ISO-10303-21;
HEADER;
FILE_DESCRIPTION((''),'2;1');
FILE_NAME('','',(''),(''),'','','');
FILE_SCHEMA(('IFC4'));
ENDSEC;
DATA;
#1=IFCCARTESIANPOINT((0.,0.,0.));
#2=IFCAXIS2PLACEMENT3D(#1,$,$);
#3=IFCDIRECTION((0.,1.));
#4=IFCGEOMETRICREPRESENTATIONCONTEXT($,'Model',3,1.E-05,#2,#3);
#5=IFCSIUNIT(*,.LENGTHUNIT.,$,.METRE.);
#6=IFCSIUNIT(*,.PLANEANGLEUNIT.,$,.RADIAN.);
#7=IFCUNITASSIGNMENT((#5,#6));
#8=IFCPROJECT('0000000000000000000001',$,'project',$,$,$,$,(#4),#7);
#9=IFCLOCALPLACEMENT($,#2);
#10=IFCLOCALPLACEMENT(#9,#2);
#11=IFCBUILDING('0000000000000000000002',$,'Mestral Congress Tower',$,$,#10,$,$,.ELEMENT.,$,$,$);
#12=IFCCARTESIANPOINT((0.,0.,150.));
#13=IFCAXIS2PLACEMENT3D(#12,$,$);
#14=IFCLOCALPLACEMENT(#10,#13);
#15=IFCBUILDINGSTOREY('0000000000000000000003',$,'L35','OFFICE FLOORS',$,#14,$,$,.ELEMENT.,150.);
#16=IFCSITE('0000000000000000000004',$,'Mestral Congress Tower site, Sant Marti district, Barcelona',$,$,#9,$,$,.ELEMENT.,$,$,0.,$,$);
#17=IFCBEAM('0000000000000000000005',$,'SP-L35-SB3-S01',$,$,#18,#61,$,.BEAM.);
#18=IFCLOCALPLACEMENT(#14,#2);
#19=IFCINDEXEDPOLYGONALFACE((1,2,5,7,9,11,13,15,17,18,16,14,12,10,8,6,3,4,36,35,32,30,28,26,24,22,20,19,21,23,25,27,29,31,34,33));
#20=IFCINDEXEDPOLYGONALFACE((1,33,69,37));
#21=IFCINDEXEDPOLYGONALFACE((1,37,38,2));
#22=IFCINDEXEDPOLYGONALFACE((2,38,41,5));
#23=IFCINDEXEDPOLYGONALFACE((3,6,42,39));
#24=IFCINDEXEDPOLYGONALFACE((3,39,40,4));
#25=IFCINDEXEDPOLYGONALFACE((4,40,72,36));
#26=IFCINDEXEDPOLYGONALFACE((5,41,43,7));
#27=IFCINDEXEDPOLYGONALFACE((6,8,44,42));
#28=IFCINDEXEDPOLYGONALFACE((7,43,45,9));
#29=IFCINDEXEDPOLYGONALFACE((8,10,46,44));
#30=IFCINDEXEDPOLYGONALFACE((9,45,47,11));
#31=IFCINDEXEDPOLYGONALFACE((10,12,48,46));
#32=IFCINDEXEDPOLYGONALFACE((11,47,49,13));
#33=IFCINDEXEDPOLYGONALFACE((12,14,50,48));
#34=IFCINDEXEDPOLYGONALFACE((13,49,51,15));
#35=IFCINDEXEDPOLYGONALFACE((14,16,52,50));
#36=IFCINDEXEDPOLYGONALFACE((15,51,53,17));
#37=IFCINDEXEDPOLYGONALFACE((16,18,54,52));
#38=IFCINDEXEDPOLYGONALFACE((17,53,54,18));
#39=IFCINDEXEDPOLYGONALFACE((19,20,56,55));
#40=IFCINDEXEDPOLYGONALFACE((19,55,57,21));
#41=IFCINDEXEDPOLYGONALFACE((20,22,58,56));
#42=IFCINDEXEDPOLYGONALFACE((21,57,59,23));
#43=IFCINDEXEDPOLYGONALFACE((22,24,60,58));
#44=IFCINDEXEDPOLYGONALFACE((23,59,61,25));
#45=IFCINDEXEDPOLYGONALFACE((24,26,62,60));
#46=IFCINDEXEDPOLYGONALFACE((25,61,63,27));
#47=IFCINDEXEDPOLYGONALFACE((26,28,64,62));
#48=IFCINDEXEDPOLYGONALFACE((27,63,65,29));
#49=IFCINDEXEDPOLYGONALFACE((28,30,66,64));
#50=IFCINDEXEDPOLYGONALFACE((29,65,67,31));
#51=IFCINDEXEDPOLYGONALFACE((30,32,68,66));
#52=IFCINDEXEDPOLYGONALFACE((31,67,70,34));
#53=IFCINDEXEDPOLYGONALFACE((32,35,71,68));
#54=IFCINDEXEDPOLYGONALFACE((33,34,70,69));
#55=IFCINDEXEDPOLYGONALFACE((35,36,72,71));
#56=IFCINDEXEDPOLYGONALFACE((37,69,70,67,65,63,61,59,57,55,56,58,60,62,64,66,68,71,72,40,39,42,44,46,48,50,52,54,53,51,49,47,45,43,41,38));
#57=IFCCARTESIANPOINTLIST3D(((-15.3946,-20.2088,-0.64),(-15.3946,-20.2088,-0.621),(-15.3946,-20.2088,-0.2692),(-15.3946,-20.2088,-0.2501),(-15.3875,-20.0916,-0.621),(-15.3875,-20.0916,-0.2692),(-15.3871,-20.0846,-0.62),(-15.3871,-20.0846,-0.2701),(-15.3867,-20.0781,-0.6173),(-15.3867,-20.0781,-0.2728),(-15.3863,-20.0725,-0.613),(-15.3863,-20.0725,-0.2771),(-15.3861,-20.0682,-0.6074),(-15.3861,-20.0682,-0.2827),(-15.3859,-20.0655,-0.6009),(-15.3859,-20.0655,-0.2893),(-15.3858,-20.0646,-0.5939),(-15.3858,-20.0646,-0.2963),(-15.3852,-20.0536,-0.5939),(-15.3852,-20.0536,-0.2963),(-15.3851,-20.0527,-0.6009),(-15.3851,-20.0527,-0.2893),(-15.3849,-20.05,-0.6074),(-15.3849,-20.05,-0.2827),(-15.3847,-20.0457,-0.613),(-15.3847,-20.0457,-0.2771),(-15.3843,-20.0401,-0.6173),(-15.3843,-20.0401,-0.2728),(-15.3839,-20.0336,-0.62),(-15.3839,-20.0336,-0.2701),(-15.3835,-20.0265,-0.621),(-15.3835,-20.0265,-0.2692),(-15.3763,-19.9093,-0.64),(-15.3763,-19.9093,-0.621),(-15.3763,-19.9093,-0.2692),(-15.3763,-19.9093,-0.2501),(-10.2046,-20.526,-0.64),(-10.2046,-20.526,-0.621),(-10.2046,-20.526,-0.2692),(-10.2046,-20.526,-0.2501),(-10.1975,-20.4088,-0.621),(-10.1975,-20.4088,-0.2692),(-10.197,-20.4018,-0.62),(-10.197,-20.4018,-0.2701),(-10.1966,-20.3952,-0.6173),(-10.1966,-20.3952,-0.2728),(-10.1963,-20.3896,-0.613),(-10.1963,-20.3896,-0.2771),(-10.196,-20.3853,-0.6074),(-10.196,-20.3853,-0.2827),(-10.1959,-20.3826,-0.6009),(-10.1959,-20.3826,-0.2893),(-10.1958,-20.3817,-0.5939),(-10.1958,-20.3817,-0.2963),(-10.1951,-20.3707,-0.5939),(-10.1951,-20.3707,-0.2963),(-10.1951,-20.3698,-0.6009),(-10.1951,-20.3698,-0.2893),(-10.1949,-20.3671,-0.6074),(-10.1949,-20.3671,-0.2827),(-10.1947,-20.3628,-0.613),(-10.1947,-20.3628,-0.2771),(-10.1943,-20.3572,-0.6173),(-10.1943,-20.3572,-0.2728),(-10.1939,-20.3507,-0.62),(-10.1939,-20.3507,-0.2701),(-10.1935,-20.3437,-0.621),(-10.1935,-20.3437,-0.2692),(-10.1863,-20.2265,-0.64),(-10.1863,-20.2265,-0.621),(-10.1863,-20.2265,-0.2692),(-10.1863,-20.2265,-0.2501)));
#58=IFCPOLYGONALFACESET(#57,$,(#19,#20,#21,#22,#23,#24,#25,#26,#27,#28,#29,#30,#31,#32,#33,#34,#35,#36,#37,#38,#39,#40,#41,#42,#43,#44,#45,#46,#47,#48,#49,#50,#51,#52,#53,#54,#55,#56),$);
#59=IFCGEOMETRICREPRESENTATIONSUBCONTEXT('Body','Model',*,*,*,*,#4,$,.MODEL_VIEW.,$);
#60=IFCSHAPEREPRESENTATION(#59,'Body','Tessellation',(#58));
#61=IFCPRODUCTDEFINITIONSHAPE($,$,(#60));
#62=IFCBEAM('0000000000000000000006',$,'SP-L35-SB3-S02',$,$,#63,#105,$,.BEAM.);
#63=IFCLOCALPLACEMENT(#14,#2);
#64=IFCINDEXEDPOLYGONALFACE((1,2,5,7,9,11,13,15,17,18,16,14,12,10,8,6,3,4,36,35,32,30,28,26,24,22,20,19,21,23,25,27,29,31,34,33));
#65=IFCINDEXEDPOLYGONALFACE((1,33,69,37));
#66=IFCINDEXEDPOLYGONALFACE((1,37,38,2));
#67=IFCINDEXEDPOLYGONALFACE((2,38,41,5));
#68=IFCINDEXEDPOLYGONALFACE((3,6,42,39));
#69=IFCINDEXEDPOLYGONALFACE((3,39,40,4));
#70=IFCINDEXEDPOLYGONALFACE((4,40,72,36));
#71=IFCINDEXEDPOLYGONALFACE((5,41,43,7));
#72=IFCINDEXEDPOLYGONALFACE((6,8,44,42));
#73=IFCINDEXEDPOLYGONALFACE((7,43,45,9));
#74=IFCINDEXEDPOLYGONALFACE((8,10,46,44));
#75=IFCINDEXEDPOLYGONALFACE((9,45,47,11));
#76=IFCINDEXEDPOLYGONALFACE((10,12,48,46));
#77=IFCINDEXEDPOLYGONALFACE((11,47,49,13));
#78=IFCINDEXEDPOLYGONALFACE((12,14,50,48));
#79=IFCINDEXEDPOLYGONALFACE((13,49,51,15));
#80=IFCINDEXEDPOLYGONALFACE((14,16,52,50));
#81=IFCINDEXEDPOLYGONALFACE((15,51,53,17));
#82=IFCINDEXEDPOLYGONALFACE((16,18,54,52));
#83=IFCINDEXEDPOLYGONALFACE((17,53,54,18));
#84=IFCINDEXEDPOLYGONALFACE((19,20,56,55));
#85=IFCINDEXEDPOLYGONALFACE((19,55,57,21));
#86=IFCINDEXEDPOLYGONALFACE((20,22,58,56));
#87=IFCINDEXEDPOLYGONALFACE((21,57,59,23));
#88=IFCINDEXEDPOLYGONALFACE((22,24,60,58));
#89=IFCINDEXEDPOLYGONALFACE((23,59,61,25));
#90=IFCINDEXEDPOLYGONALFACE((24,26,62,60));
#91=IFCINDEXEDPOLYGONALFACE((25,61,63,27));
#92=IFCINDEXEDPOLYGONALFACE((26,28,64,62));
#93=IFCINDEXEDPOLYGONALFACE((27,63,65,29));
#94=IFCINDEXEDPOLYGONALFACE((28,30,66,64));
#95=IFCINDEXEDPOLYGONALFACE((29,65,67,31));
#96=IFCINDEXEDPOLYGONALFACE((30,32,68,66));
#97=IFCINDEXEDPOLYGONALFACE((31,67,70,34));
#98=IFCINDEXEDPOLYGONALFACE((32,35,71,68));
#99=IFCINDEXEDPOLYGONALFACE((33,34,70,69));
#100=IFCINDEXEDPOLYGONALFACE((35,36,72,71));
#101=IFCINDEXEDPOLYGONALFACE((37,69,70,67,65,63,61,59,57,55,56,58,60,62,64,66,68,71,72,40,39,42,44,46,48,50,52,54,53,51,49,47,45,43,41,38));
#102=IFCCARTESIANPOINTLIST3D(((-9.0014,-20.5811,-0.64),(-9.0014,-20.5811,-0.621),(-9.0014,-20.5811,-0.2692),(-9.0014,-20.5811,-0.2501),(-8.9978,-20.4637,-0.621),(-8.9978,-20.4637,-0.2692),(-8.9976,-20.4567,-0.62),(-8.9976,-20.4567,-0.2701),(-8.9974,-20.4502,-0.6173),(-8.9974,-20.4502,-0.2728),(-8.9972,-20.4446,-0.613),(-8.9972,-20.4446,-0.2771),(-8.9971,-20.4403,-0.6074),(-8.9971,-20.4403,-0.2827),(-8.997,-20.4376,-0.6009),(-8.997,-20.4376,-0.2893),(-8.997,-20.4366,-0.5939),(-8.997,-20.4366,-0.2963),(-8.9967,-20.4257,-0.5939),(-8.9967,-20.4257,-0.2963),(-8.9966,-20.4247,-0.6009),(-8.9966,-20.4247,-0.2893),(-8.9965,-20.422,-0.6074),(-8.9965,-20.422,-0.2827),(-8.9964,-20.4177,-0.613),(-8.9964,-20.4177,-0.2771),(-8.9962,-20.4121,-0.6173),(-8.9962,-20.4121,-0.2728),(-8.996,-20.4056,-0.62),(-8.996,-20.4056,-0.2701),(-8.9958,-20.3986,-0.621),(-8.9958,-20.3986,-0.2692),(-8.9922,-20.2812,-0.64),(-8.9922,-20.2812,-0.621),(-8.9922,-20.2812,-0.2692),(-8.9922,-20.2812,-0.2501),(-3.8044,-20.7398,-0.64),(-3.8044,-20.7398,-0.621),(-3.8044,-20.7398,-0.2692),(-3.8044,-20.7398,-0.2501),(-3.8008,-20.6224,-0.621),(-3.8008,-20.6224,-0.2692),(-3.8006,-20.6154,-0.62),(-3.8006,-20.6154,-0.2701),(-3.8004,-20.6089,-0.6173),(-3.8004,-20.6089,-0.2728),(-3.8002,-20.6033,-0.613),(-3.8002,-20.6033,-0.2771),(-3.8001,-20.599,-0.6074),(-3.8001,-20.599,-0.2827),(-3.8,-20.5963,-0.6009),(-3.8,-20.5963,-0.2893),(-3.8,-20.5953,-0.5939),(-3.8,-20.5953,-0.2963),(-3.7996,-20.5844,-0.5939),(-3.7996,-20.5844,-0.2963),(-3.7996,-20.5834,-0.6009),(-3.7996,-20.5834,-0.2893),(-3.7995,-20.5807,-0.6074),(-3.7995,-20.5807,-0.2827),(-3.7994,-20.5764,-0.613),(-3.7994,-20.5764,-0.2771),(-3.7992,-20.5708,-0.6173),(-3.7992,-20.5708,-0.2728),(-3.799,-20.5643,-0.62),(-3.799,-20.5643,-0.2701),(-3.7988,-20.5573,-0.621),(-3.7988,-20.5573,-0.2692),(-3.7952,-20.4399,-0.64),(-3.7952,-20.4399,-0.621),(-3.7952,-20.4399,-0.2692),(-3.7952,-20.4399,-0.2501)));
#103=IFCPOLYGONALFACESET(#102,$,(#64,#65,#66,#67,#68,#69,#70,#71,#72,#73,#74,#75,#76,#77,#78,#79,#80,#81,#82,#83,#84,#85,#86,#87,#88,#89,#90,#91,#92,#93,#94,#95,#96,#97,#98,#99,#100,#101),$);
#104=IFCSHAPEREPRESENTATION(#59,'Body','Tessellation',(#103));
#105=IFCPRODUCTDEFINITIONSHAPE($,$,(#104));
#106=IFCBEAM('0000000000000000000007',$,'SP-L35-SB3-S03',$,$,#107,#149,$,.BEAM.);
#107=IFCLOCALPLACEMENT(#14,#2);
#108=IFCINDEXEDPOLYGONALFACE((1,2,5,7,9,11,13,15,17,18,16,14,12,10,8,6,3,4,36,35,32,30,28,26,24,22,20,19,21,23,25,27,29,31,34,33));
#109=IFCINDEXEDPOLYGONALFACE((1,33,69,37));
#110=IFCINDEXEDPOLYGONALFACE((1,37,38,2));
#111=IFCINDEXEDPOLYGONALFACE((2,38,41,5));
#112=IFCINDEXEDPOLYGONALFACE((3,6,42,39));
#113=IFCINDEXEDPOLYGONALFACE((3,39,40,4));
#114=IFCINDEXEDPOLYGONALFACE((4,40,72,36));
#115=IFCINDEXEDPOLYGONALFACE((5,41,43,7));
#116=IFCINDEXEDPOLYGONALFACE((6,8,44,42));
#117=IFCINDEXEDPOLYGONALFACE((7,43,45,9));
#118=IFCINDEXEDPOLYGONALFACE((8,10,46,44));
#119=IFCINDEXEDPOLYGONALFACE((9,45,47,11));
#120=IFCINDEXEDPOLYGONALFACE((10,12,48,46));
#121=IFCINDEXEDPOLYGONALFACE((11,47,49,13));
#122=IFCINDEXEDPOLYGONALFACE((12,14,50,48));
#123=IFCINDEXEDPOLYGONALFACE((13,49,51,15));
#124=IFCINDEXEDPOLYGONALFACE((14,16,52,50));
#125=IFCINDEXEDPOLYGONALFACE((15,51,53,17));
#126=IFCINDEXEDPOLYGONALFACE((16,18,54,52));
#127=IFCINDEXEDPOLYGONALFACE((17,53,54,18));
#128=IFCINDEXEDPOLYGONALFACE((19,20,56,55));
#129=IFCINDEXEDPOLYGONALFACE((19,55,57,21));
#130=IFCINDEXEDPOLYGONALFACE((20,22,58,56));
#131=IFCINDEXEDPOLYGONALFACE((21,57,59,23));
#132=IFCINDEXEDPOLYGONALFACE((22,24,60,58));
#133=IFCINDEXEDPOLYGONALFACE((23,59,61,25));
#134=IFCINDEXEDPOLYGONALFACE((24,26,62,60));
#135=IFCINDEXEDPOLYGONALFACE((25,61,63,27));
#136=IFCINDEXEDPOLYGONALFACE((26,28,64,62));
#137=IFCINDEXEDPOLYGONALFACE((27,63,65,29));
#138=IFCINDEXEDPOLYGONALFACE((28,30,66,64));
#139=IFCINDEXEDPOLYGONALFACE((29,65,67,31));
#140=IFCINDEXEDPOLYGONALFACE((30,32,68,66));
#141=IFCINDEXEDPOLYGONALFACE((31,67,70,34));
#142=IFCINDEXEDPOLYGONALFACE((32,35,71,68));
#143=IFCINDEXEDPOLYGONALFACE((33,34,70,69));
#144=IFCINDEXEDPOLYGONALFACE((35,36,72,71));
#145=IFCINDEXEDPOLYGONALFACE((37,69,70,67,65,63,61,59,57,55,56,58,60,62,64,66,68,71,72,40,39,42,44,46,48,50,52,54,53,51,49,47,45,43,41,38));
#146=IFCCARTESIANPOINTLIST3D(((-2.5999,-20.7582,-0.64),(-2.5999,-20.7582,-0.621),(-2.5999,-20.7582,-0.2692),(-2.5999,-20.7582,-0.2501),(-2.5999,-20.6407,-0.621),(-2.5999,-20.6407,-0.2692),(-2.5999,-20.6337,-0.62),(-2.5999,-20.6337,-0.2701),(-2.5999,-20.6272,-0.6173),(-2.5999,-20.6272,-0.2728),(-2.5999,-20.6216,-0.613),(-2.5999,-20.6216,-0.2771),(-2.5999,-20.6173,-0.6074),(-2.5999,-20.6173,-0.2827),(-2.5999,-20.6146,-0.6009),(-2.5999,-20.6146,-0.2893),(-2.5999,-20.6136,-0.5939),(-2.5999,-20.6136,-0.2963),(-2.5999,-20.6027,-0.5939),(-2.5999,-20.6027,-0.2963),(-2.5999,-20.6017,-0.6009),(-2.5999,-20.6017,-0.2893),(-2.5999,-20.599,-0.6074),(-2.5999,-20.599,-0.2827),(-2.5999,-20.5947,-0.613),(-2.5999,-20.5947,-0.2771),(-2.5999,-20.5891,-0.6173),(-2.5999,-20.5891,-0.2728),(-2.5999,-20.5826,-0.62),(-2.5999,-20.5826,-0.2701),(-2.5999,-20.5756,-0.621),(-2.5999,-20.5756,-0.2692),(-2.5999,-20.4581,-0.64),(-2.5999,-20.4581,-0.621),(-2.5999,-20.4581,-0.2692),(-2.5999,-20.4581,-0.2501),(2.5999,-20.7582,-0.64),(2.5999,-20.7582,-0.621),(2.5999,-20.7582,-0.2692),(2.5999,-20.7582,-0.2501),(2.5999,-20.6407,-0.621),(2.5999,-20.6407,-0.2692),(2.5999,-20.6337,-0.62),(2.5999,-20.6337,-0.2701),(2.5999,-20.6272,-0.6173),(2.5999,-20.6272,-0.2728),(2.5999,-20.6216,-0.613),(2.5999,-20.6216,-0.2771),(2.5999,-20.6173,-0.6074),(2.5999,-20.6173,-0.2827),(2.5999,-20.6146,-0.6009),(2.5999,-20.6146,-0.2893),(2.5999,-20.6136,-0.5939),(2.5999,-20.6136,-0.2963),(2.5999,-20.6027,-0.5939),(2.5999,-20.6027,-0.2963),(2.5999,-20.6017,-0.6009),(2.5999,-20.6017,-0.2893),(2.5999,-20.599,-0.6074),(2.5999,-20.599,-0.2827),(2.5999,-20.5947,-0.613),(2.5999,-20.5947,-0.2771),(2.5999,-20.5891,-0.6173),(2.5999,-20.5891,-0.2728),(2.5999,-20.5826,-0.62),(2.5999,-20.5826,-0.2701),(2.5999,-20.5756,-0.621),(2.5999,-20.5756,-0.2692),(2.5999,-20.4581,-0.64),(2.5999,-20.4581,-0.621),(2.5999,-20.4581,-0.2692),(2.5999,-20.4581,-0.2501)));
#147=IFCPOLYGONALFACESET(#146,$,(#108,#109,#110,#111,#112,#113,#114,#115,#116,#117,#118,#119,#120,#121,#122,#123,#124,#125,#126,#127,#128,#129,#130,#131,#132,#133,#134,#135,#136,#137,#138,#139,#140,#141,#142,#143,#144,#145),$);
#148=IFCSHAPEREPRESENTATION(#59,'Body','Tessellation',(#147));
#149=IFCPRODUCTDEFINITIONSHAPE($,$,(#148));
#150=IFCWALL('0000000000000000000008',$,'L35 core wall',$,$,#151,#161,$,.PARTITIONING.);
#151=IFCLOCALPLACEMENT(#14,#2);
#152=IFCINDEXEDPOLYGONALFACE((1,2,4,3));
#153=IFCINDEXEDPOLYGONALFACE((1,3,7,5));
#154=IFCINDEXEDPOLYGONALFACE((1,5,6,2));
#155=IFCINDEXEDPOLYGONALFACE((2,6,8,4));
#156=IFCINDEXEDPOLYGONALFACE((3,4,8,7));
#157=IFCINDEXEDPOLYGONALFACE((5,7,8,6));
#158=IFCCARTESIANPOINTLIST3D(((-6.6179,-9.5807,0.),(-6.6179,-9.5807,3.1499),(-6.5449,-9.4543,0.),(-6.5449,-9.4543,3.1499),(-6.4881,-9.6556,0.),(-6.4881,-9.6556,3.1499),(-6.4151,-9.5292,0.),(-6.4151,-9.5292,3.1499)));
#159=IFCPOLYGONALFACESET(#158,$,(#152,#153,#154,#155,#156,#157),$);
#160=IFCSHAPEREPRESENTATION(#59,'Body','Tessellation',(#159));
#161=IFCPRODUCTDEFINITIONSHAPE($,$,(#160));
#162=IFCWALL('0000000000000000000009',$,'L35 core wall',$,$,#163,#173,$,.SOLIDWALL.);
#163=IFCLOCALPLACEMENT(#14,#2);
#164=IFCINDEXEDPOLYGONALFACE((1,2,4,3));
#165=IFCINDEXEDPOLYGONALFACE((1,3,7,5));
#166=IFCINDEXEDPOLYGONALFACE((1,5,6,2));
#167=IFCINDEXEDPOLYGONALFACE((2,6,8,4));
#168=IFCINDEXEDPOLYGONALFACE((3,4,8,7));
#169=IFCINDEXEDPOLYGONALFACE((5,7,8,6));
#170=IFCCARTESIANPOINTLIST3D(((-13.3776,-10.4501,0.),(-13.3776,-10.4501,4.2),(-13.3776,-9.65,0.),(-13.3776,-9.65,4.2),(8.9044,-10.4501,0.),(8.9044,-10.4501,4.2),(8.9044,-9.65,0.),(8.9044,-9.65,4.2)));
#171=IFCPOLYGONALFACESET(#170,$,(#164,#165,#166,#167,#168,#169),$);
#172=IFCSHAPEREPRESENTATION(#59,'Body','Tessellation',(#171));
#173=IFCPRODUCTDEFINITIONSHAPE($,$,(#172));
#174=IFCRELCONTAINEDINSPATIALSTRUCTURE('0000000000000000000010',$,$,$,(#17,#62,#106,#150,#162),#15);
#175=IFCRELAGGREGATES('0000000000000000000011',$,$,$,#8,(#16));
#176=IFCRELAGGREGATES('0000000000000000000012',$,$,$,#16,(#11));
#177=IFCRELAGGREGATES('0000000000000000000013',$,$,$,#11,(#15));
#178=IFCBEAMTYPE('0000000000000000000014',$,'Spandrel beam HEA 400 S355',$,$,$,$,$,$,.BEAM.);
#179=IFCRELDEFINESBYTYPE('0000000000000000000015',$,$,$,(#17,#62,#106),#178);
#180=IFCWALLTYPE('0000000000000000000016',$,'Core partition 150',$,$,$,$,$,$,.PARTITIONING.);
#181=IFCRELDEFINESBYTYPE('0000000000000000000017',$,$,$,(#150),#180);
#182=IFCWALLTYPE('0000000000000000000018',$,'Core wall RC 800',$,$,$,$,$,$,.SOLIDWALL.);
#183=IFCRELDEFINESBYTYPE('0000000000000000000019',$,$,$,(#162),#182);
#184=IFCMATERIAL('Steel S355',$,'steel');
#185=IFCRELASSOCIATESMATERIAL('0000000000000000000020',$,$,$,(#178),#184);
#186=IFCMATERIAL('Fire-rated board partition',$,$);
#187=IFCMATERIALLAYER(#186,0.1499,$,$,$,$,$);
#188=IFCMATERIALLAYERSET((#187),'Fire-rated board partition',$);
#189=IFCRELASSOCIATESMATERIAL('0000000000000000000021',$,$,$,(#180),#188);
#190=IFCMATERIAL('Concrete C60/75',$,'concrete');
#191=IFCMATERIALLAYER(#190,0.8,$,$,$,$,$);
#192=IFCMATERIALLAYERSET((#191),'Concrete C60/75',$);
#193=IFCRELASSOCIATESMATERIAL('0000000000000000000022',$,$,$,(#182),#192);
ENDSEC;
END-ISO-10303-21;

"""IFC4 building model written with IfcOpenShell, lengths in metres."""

from ifc_helpers import new_model, si_unit, direction, frame, frame_2d, origin, origin_2d, place, context, subcontext, project, spatial, rectangle, i_section, extrude, material, layer, layer_set, material_profile, profile_set, type_object, element, save


model = new_model("IFC4")

# Units and contexts
model_context = context("Model", 3, precision=1e-05, world=origin(), true_north=direction((0.0, 1.0)))
body_context = subcontext(model_context, "Body", "Model", "MODEL_VIEW")
ifc_project = project(units=[si_unit("LENGTHUNIT", "METRE"), si_unit("PLANEANGLEUNIT", "RADIAN")], contexts=[model_context])

# Site, building, storey
site_placement = place(None, origin())
site = spatial("IfcSite", under=ifc_project, at=site_placement, Name="Mestral Congress Tower site, Sant Marti district, Barcelona", CompositionType="ELEMENT", RefElevation=0.0)
building_placement = place(site_placement, origin())
building = spatial("IfcBuilding", under=site, at=building_placement, Name="Mestral Congress Tower", CompositionType="ELEMENT")
storey_placement = place(building_placement, frame((0.0, 0.0, 150.0)))
storey = spatial("IfcBuildingStorey", under=building, at=storey_placement, Name="L35", Description="OFFICE FLOORS", CompositionType="ELEMENT", Elevation=150.0)

# Shared definitions
ifc_material_1 = material(Name="Concrete C60/75", Category="concrete")

# Beams
ifc_material_2 = material(Name="Steel S355", Category="steel")
ifc_material_profile_1 = material_profile(ifc_material_2, i_section(OverallWidth=0.3, OverallDepth=0.3899, WebThickness=0.011, FlangeThickness=0.019, FilletRadius=0.0271, at=origin_2d()), Name="HEA 400")
ifc_profile_set_1 = profile_set([ifc_material_profile_1], Name="Steel S355")
beam_type_1 = type_object("IfcBeamType", Name="Spandrel beam HEA 400 S355", PredefinedType="BEAM", material=ifc_profile_set_1)
beam_1_placement = place(storey_placement, frame((-15.3855, -20.0591, -0.4451), z_axis=(0.998138, -0.060993, 0.0), x_axis=(0.060993, 0.998138, 0.0)))
element("IfcBeam", 1, at=beam_1_placement, inside=storey, type_object=beam_type_1, Name="SP-L35-SB3-S01", PredefinedType="BEAM", context=body_context, shape_type="SweptSolid", body=[
    extrude(i_section(OverallWidth=0.3, OverallDepth=0.3899, WebThickness=0.011, FlangeThickness=0.019, FilletRadius=0.0271, at=origin_2d()), origin(), (0.0, 0.0, 1.0), 5.1997),
])
beam_2_placement = place(storey_placement, frame((-8.9968, -20.4312, -0.4451), z_axis=(0.999534, -0.030521, 0.0), x_axis=(0.030521, 0.999534, 0.0)))
element("IfcBeam", 2, at=beam_2_placement, inside=storey, type_object=beam_type_1, Name="SP-L35-SB3-S02", PredefinedType="BEAM", context=body_context, shape_type="SweptSolid", body=[
    extrude(i_section(OverallWidth=0.3, OverallDepth=0.3899, WebThickness=0.011, FlangeThickness=0.019, FilletRadius=0.0271, at=origin_2d()), origin(), (0.0, 0.0, 1.0), 5.1995),
])
beam_3_placement = place(storey_placement, frame((-2.5999, -20.6082, -0.4451), z_axis=(1.0, 0.0, 0.0), x_axis=(0.0, 1.0, 0.0)))
element("IfcBeam", 3, at=beam_3_placement, inside=storey, type_object=beam_type_1, Name="SP-L35-SB3-S03", PredefinedType="BEAM", context=body_context, shape_type="SweptSolid", body=[
    extrude(i_section(OverallWidth=0.3, OverallDepth=0.3899, WebThickness=0.011, FlangeThickness=0.019, FilletRadius=0.0271, at=origin_2d()), origin(), (0.0, 0.0, 1.0), 5.1997),
])

# Walls
ifc_material_3 = material(Name="Fire-rated board partition")
ifc_layer_1 = layer(ifc_material_3, 0.1499)
ifc_layer_set_1 = layer_set([ifc_layer_1], Name="Fire-rated board partition")
wall_type_1 = type_object("IfcWallType", Name="Core partition 150", PredefinedType="PARTITIONING", material=ifc_layer_set_1)
wall_1_placement = place(storey_placement, frame((-6.553, -9.6182, 0.0), z_axis=(0.0, 0.0, 1.0), x_axis=(0.499915, 0.866074, 0.0)))
element("IfcWall", 4, at=wall_1_placement, inside=storey, type_object=wall_type_1, Name="L35 core wall", PredefinedType="PARTITIONING", context=body_context, shape_type="SweptSolid", body=[
    extrude(rectangle(XDim=0.146, YDim=0.1499, at=frame_2d((0.073, 0.0))), origin(), (0.0, 0.0, 1.0), 3.1499),
])
ifc_layer_2 = layer(ifc_material_1, 0.8)
ifc_layer_set_2 = layer_set([ifc_layer_2], Name="Concrete C60/75")
wall_type_2 = type_object("IfcWallType", Name="Core wall RC 800", PredefinedType="SOLIDWALL", material=ifc_layer_set_2)
wall_2_placement = place(storey_placement, frame((-13.3777, -10.05, 0.0), z_axis=(0.0, 0.0, 1.0), x_axis=(1.0, 0.0, 0.0)))
element("IfcWall", 5, at=wall_2_placement, inside=storey, type_object=wall_type_2, Name="L35 core wall", PredefinedType="SOLIDWALL", context=body_context, shape_type="SweptSolid", body=[
    extrude(rectangle(XDim=22.282, YDim=0.8, at=frame_2d((11.1411, 0.0))), origin(), (0.0, 0.0, 1.0), 4.2),
])

save(model, "model.ifc")
